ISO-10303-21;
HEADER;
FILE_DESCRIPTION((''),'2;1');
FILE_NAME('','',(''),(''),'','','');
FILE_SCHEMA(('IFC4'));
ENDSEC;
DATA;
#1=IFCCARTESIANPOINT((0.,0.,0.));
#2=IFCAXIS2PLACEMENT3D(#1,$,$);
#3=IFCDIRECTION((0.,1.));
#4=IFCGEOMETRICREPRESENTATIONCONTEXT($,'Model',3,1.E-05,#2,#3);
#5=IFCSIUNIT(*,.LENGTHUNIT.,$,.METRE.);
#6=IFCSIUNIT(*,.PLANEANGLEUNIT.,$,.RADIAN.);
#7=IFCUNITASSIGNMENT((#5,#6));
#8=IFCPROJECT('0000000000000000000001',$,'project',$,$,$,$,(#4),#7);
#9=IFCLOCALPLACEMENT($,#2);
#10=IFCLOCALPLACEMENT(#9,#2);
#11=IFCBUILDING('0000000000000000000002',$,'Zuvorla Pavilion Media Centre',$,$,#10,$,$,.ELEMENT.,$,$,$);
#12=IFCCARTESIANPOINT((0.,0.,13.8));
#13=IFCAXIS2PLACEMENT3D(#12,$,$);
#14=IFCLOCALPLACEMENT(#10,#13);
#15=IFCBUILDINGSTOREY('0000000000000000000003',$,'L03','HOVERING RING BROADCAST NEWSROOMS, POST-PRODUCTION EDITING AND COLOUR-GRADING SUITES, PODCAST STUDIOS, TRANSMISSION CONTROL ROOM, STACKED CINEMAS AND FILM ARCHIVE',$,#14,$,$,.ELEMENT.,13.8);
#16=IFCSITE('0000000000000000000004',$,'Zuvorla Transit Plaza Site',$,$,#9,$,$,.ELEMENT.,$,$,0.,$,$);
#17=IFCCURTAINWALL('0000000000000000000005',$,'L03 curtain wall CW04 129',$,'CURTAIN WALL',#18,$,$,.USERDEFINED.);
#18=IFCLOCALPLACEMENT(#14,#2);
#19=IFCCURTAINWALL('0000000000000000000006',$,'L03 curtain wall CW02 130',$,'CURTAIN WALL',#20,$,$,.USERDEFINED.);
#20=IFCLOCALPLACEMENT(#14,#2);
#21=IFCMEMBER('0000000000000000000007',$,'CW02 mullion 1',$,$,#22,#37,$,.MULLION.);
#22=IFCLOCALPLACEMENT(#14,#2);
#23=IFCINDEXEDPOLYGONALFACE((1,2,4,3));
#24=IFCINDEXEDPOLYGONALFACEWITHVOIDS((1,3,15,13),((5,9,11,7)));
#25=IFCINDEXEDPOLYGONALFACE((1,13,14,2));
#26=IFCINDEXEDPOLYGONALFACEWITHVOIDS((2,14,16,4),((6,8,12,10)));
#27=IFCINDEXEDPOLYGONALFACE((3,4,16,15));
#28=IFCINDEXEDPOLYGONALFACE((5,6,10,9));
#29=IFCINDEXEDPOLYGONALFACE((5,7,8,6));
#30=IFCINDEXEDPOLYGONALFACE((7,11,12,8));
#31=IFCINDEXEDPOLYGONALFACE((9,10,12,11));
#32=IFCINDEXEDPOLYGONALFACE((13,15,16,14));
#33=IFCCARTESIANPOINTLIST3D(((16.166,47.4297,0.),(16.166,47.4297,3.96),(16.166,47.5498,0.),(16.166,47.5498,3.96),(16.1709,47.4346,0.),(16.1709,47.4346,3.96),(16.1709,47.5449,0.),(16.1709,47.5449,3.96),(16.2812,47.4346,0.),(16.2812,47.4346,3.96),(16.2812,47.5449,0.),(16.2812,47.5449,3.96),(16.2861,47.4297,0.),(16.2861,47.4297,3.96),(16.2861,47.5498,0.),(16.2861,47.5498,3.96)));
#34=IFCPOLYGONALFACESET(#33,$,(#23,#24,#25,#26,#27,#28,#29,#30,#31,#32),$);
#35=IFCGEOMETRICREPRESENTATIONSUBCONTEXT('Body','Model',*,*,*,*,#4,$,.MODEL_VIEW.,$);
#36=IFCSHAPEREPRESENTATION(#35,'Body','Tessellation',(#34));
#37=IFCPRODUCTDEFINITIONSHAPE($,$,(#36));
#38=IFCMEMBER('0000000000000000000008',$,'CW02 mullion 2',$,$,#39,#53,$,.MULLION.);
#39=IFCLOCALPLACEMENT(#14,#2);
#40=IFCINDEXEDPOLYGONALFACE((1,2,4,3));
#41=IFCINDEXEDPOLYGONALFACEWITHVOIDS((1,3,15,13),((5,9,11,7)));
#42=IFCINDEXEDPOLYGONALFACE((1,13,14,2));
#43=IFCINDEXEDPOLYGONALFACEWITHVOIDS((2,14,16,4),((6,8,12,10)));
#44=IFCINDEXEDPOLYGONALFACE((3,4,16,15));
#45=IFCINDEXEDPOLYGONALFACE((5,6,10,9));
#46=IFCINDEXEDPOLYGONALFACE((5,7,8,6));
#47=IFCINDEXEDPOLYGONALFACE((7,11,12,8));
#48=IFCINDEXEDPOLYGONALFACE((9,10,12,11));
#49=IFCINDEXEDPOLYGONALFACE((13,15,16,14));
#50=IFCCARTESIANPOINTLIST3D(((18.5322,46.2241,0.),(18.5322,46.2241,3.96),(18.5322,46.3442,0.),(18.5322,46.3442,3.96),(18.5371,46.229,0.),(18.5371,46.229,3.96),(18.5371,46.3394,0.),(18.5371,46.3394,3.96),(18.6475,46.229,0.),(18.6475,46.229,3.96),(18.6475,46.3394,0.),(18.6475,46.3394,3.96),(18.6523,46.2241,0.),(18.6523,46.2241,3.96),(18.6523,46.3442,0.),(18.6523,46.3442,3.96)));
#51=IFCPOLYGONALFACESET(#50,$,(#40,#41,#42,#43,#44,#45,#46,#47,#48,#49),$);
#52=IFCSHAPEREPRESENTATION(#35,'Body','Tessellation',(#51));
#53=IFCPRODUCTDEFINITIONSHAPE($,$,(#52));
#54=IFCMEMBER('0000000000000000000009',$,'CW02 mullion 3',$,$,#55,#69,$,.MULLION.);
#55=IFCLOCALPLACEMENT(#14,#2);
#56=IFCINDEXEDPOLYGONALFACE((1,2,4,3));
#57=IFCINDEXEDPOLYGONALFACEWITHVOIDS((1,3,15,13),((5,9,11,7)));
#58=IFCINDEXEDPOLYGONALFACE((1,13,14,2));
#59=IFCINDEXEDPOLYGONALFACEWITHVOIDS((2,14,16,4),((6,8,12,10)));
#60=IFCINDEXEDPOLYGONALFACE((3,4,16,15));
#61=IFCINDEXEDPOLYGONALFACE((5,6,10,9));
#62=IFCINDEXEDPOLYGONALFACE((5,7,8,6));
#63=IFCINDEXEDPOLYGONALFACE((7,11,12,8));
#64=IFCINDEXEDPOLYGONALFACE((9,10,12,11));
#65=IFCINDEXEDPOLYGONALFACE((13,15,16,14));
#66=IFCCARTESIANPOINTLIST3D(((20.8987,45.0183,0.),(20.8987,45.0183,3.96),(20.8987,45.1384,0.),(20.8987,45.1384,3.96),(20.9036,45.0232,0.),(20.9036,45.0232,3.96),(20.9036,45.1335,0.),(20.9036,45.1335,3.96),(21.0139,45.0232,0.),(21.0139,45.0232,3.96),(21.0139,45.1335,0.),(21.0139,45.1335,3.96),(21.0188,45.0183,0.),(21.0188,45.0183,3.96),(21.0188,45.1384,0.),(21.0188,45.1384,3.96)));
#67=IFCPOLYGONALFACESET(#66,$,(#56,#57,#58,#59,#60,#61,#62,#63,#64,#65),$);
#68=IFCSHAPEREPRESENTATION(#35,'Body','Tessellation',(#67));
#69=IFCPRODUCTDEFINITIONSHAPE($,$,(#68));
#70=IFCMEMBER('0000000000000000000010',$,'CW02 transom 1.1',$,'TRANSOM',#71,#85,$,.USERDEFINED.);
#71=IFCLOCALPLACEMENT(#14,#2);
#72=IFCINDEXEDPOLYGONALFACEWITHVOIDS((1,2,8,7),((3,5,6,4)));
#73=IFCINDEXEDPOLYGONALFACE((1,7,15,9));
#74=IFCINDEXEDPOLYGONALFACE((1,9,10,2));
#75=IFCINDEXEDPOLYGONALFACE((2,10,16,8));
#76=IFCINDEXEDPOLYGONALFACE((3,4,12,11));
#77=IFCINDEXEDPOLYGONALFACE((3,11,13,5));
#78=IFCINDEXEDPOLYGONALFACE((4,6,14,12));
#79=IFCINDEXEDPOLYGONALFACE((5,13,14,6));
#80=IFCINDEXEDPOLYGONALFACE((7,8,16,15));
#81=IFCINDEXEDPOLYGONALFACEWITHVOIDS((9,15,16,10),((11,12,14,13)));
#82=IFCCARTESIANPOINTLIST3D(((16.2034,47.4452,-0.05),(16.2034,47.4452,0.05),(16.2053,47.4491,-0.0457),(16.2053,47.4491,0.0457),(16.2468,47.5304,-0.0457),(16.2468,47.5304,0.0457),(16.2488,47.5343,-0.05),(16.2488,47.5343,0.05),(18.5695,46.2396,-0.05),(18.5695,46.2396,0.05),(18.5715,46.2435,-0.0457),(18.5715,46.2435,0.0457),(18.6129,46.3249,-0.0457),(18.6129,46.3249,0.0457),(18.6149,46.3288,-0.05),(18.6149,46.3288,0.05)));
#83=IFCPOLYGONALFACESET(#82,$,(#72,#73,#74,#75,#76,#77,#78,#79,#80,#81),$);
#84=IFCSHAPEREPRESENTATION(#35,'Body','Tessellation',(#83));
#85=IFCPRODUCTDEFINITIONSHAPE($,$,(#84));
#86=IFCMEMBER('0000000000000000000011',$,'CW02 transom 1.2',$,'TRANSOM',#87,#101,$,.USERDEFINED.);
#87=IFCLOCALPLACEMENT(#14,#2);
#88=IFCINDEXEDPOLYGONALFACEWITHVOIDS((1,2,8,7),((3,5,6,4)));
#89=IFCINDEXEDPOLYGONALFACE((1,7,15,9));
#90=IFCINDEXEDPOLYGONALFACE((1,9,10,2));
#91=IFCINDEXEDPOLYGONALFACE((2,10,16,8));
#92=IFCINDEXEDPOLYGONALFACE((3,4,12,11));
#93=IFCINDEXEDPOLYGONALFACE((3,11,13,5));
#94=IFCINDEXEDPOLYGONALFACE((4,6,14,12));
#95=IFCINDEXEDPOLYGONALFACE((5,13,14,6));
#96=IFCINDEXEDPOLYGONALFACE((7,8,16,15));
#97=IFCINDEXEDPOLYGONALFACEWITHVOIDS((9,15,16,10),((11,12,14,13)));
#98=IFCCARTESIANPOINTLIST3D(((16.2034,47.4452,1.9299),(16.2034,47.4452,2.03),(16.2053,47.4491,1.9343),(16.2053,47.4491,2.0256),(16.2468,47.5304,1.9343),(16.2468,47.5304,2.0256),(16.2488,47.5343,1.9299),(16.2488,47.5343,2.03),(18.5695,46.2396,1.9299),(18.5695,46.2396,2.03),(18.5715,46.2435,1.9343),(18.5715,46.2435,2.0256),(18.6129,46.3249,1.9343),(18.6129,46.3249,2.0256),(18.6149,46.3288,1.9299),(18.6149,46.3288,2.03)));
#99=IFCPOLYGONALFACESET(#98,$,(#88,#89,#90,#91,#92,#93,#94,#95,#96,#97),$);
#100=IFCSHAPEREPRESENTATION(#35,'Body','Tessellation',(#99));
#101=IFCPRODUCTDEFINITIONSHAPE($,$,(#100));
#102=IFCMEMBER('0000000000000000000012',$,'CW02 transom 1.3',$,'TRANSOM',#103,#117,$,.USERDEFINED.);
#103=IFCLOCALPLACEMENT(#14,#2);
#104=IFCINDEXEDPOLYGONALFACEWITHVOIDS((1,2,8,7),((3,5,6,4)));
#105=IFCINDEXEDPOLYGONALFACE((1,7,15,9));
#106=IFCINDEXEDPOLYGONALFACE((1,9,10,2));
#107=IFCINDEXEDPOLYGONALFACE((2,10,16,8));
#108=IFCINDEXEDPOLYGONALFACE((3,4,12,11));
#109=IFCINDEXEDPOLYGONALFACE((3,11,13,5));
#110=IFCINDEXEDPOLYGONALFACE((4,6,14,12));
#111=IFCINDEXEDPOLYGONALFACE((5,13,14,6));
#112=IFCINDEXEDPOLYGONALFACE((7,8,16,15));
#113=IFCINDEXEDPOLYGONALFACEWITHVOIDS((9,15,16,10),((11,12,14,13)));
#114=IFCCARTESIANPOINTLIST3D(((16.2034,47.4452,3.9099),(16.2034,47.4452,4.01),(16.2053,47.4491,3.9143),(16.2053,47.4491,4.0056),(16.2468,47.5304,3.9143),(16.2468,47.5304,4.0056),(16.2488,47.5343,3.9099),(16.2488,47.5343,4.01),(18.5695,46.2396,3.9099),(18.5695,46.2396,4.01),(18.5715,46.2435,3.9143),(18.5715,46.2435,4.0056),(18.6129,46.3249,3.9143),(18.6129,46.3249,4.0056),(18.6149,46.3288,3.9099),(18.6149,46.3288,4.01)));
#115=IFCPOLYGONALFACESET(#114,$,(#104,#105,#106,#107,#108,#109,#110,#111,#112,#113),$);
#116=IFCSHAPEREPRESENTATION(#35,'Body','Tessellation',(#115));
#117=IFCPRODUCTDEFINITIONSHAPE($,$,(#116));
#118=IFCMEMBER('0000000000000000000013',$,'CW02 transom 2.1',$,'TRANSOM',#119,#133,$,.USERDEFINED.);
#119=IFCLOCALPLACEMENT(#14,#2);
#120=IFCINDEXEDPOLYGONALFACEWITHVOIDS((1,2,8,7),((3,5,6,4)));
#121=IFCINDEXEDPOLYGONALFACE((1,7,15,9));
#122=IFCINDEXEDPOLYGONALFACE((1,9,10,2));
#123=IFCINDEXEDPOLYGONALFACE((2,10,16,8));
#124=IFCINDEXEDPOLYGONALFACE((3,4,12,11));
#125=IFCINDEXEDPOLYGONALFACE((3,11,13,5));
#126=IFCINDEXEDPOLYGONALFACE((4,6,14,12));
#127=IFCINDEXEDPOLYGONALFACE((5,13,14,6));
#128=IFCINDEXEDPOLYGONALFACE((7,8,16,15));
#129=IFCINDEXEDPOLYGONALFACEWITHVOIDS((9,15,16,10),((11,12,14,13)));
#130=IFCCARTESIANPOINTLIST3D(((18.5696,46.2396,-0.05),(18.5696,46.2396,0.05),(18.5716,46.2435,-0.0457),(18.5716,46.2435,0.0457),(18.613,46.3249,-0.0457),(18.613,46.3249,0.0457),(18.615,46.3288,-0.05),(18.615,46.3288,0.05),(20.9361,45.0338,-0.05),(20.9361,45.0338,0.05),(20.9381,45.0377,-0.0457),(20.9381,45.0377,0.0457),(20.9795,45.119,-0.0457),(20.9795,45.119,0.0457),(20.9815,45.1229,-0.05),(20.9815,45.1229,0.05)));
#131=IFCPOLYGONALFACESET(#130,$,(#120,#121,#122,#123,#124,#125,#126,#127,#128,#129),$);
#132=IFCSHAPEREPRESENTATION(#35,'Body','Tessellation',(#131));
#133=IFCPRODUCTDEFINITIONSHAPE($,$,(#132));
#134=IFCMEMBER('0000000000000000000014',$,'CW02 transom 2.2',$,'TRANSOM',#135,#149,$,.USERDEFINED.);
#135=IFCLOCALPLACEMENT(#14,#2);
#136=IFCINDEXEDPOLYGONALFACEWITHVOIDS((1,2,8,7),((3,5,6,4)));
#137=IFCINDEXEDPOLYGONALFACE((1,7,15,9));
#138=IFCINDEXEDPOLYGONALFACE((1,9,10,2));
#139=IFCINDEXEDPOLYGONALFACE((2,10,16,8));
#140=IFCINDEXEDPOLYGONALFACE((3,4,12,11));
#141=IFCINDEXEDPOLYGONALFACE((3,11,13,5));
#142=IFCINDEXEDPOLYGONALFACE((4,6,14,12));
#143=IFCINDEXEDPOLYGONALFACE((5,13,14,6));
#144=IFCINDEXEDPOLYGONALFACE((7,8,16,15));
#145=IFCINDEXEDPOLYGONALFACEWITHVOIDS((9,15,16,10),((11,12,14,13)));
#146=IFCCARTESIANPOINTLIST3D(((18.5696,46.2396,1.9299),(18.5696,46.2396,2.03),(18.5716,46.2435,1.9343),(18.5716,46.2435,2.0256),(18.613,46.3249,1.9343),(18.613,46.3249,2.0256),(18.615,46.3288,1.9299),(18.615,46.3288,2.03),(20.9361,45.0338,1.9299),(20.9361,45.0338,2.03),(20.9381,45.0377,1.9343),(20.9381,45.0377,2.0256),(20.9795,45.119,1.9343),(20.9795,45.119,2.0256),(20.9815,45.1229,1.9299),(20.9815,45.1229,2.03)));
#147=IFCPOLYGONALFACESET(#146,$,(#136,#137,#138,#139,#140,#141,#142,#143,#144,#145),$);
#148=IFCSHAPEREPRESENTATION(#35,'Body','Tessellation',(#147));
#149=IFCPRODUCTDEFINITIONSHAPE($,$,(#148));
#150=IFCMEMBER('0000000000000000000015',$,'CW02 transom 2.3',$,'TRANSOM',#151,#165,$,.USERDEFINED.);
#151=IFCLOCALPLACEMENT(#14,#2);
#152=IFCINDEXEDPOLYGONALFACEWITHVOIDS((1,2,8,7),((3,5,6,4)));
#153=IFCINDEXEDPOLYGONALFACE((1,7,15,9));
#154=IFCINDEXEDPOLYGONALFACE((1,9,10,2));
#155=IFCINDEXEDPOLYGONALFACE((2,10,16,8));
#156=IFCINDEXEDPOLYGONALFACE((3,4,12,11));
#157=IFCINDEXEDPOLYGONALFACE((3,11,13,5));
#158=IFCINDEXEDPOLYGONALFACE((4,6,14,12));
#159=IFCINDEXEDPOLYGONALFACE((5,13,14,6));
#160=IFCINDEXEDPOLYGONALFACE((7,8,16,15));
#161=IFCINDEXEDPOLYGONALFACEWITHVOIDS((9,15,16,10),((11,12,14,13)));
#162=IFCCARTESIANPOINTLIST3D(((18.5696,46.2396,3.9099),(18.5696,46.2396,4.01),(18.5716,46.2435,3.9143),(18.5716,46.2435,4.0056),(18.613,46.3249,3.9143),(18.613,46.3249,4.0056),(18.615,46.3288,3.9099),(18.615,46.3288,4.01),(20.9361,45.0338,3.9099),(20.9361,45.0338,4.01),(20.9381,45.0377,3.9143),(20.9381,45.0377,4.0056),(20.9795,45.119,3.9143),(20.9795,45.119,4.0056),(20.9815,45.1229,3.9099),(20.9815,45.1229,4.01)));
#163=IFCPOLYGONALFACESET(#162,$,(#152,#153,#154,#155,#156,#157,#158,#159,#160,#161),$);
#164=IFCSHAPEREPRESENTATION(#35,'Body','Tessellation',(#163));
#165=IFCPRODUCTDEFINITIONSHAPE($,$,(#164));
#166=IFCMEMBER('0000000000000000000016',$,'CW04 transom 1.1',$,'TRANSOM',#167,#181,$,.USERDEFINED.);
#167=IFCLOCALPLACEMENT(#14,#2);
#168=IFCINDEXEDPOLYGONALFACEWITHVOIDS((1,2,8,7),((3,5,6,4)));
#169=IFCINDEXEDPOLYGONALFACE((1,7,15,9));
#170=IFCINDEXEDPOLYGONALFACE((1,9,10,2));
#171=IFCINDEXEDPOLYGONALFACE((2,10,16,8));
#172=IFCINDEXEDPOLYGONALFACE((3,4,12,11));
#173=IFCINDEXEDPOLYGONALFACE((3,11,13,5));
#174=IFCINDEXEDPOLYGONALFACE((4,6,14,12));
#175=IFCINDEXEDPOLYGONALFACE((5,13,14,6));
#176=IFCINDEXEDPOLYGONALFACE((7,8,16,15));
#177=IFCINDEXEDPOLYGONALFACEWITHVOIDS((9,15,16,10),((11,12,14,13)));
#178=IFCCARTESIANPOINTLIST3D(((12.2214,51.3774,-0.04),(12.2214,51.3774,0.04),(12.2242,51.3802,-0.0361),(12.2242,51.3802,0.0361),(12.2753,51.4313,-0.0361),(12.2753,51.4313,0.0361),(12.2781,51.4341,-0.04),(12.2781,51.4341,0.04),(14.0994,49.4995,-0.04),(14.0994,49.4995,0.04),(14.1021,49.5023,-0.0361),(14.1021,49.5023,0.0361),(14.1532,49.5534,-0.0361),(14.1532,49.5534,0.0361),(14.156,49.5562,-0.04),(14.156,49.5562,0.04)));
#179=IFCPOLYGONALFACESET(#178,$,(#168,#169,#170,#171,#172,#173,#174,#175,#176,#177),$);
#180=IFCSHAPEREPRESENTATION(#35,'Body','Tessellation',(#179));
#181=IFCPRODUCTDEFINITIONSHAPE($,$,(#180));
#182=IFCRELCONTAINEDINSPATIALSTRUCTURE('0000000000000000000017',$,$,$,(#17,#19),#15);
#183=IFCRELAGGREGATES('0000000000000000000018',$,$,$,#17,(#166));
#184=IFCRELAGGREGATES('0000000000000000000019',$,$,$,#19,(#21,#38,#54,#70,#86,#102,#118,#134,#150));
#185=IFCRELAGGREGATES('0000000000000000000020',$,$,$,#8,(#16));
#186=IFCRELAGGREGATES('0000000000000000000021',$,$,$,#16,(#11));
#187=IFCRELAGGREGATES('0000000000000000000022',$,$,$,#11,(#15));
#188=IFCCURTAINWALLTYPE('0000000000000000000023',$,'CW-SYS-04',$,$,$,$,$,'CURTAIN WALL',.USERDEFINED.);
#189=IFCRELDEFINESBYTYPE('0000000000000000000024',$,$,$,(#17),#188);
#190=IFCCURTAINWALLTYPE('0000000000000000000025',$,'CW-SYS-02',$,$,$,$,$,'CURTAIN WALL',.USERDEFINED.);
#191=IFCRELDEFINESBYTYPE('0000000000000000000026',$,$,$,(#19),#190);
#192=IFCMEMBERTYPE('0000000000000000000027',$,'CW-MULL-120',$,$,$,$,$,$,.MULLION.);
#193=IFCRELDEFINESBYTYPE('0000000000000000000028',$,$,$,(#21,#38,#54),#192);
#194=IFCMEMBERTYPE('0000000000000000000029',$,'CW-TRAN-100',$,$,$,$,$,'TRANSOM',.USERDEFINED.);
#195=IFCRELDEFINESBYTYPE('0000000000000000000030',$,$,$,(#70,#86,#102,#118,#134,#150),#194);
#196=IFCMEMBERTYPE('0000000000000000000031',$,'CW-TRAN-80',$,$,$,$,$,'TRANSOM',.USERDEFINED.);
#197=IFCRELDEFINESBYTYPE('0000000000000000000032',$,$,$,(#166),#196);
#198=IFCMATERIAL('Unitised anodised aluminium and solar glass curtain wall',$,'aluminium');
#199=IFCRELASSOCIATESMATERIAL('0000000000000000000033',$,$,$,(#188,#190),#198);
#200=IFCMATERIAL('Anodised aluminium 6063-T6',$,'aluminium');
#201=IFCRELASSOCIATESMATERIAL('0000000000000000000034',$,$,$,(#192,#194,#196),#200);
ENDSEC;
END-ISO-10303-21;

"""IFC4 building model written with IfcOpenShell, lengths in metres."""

from ifc_helpers import new_model, si_unit, direction, frame, origin, origin_2d, place, context, subcontext, project, spatial, hollow_rectangle, extrude, material, material_profile, profile_set, type_object, element, aggregate, save


model = new_model("IFC4")

# Units and contexts
model_context = context("Model", 3, precision=1e-05, world=origin(), true_north=direction((0.0, 1.0)))
body_context = subcontext(model_context, "Body", "Model", "MODEL_VIEW")
ifc_project = project(units=[si_unit("LENGTHUNIT", "METRE"), si_unit("PLANEANGLEUNIT", "RADIAN")], contexts=[model_context])

# Site, building, storey
site_placement = place(None, origin())
site = spatial("IfcSite", under=ifc_project, at=site_placement, Name="Zuvorla Transit Plaza Site", CompositionType="ELEMENT", RefElevation=0.0)
building_placement = place(site_placement, origin())
building = spatial("IfcBuilding", under=site, at=building_placement, Name="Zuvorla Pavilion Media Centre", CompositionType="ELEMENT")
storey_placement = place(building_placement, frame((0.0, 0.0, 13.8)))
storey = spatial("IfcBuildingStorey", under=building, at=storey_placement, Name="L03", Description="HOVERING RING BROADCAST NEWSROOMS, POST-PRODUCTION EDITING AND COLOUR-GRADING SUITES, PODCAST STUDIOS, TRANSMISSION CONTROL ROOM, STACKED CINEMAS AND FILM ARCHIVE", CompositionType="ELEMENT", Elevation=13.8)

# Curtain wall
ifc_material_1 = material(Name="Unitised anodised aluminium and solar glass curtain wall", Category="aluminium")
curtain_wall_type_1 = type_object("IfcCurtainWallType", Name="CW-SYS-04", ElementType="CURTAIN WALL", PredefinedType="USERDEFINED", material=ifc_material_1)
curtain_wall_1_placement = place(storey_placement, origin())
curtain_wall_1 = element("IfcCurtainWall", 1, at=curtain_wall_1_placement, inside=storey, type_object=curtain_wall_type_1, Name="L03 curtain wall CW04 129", ObjectType="CURTAIN WALL", PredefinedType="USERDEFINED")
ifc_material_2 = material(Name="Anodised aluminium 6063-T6", Category="aluminium")

# Shared definitions
ifc_material_profile_1 = material_profile(ifc_material_2, hollow_rectangle(XDim=0.1201, YDim=0.1201, WallThickness=0.0049, at=origin_2d()), Name="ALU MULL 120x120")
ifc_profile_set_1 = profile_set([ifc_material_profile_1], Name="Anodised aluminium 6063-T6")
member_type_1 = type_object("IfcMemberType", Name="CW-MULL-120", PredefinedType="MULLION", material=ifc_profile_set_1)

# Curtain wall, members
curtain_wall_type_2 = type_object("IfcCurtainWallType", Name="CW-SYS-02", ElementType="CURTAIN WALL", PredefinedType="USERDEFINED", material=ifc_material_1)
curtain_wall_2_placement = place(storey_placement, origin())
curtain_wall_2 = element("IfcCurtainWall", 2, at=curtain_wall_2_placement, inside=storey, type_object=curtain_wall_type_2, Name="L03 curtain wall CW02 130", ObjectType="CURTAIN WALL", PredefinedType="USERDEFINED")
member_1_placement = place(storey_placement, frame((16.2261, 47.4897, 0.0), z_axis=(0.0, 0.0, 1.0), x_axis=(1.0, 0.0, 0.0)))
member_1 = element("IfcMember", 3, at=member_1_placement, type_object=member_type_1, Name="CW02 mullion 1", PredefinedType="MULLION", context=body_context, shape_type="SweptSolid", body=[
    extrude(hollow_rectangle(XDim=0.1201, YDim=0.1201, WallThickness=0.0049, at=origin_2d()), origin(), (0.0, 0.0, 1.0), 3.96),
])
member_2_placement = place(storey_placement, frame((18.5923, 46.2842, 0.0), z_axis=(0.0, 0.0, 1.0), x_axis=(1.0, 0.0, 0.0)))
member_2 = element("IfcMember", 4, at=member_2_placement, type_object=member_type_1, Name="CW02 mullion 2", PredefinedType="MULLION", context=body_context, shape_type="SweptSolid", body=[
    extrude(hollow_rectangle(XDim=0.1201, YDim=0.1201, WallThickness=0.0049, at=origin_2d()), origin(), (0.0, 0.0, 1.0), 3.96),
])
member_3_placement = place(storey_placement, frame((20.9587, 45.0784, 0.0), z_axis=(0.0, 0.0, 1.0), x_axis=(1.0, 0.0, 0.0)))
member_3 = element("IfcMember", 5, at=member_3_placement, type_object=member_type_1, Name="CW02 mullion 3", PredefinedType="MULLION", context=body_context, shape_type="SweptSolid", body=[
    extrude(hollow_rectangle(XDim=0.1201, YDim=0.1201, WallThickness=0.0049, at=origin_2d()), origin(), (0.0, 0.0, 1.0), 3.96),
])
ifc_material_profile_2 = material_profile(ifc_material_2, hollow_rectangle(XDim=0.1001, YDim=0.1001, WallThickness=0.0044, at=origin_2d()), Name="ALU TRAN 100x100")
ifc_profile_set_2 = profile_set([ifc_material_profile_2], Name="Anodised aluminium 6063-T6")
member_type_2 = type_object("IfcMemberType", Name="CW-TRAN-100", ElementType="TRANSOM", PredefinedType="USERDEFINED", material=ifc_profile_set_2)
member_4_placement = place(storey_placement, frame((16.2261, 47.4897, 0.0), z_axis=(0.891018, -0.453967, 0.0), x_axis=(0.453967, 0.891018, 0.0)))
member_4 = element("IfcMember", 6, at=member_4_placement, type_object=member_type_2, Name="CW02 transom 1.1", ObjectType="TRANSOM", PredefinedType="USERDEFINED", context=body_context, shape_type="SweptSolid", body=[
    extrude(hollow_rectangle(XDim=0.1001, YDim=0.1001, WallThickness=0.0044, at=origin_2d()), origin(), (0.0, 0.0, 1.0), 2.6555),
])
member_5_placement = place(storey_placement, frame((16.2261, 47.4897, 1.98), z_axis=(0.891018, -0.453967, 0.0), x_axis=(0.453967, 0.891018, 0.0)))
member_5 = element("IfcMember", 7, at=member_5_placement, type_object=member_type_2, Name="CW02 transom 1.2", ObjectType="TRANSOM", PredefinedType="USERDEFINED", context=body_context, shape_type="SweptSolid", body=[
    extrude(hollow_rectangle(XDim=0.1001, YDim=0.1001, WallThickness=0.0044, at=origin_2d()), origin(), (0.0, 0.0, 1.0), 2.6555),
])
member_6_placement = place(storey_placement, frame((16.2261, 47.4897, 3.96), z_axis=(0.891018, -0.453967, 0.0), x_axis=(0.453967, 0.891018, 0.0)))
member_6 = element("IfcMember", 8, at=member_6_placement, type_object=member_type_2, Name="CW02 transom 1.3", ObjectType="TRANSOM", PredefinedType="USERDEFINED", context=body_context, shape_type="SweptSolid", body=[
    extrude(hollow_rectangle(XDim=0.1001, YDim=0.1001, WallThickness=0.0044, at=origin_2d()), origin(), (0.0, 0.0, 1.0), 2.6555),
])
member_7_placement = place(storey_placement, frame((18.5923, 46.2842, 0.0), z_axis=(0.891, -0.454003, 0.0), x_axis=(0.454003, 0.891, 0.0)))
member_7 = element("IfcMember", 9, at=member_7_placement, type_object=member_type_2, Name="CW02 transom 2.1", ObjectType="TRANSOM", PredefinedType="USERDEFINED", context=body_context, shape_type="SweptSolid", body=[
    extrude(hollow_rectangle(XDim=0.1001, YDim=0.1001, WallThickness=0.0044, at=origin_2d()), origin(), (0.0, 0.0, 1.0), 2.656),
])
member_8_placement = place(storey_placement, frame((18.5923, 46.2842, 1.98), z_axis=(0.891, -0.454003, 0.0), x_axis=(0.454003, 0.891, 0.0)))
member_8 = element("IfcMember", 10, at=member_8_placement, type_object=member_type_2, Name="CW02 transom 2.2", ObjectType="TRANSOM", PredefinedType="USERDEFINED", context=body_context, shape_type="SweptSolid", body=[
    extrude(hollow_rectangle(XDim=0.1001, YDim=0.1001, WallThickness=0.0044, at=origin_2d()), origin(), (0.0, 0.0, 1.0), 2.656),
])
member_9_placement = place(storey_placement, frame((18.5923, 46.2842, 3.96), z_axis=(0.891, -0.454003, 0.0), x_axis=(0.454003, 0.891, 0.0)))
member_9 = element("IfcMember", 11, at=member_9_placement, type_object=member_type_2, Name="CW02 transom 2.3", ObjectType="TRANSOM", PredefinedType="USERDEFINED", context=body_context, shape_type="SweptSolid", body=[
    extrude(hollow_rectangle(XDim=0.1001, YDim=0.1001, WallThickness=0.0044, at=origin_2d()), origin(), (0.0, 0.0, 1.0), 2.656),
])

# Member
ifc_material_profile_3 = material_profile(ifc_material_2, hollow_rectangle(XDim=0.0801, YDim=0.0801, WallThickness=0.0039, at=origin_2d()), Name="ALU TRAN 80x80")
ifc_profile_set_3 = profile_set([ifc_material_profile_3], Name="Anodised aluminium 6063-T6")
member_type_3 = type_object("IfcMemberType", Name="CW-TRAN-80", ElementType="TRANSOM", PredefinedType="USERDEFINED", material=ifc_profile_set_3)
member_10_placement = place(storey_placement, frame((12.2498, 51.4058, 0.0), z_axis=(0.707107, -0.707107, 0.0), x_axis=(0.707107, 0.707107, 0.0)))
member_10 = element("IfcMember", 12, at=member_10_placement, type_object=member_type_3, Name="CW04 transom 1.1", ObjectType="TRANSOM", PredefinedType="USERDEFINED", context=body_context, shape_type="SweptSolid", body=[
    extrude(hollow_rectangle(XDim=0.0801, YDim=0.0801, WallThickness=0.0039, at=origin_2d()), origin(), (0.0, 0.0, 1.0), 2.6558),
])

aggregate(curtain_wall_1, [member_10])
aggregate(curtain_wall_2, [member_1, member_2, member_3, member_4, member_5, member_6, member_7, member_8, member_9])

save(model, "model.ifc")
